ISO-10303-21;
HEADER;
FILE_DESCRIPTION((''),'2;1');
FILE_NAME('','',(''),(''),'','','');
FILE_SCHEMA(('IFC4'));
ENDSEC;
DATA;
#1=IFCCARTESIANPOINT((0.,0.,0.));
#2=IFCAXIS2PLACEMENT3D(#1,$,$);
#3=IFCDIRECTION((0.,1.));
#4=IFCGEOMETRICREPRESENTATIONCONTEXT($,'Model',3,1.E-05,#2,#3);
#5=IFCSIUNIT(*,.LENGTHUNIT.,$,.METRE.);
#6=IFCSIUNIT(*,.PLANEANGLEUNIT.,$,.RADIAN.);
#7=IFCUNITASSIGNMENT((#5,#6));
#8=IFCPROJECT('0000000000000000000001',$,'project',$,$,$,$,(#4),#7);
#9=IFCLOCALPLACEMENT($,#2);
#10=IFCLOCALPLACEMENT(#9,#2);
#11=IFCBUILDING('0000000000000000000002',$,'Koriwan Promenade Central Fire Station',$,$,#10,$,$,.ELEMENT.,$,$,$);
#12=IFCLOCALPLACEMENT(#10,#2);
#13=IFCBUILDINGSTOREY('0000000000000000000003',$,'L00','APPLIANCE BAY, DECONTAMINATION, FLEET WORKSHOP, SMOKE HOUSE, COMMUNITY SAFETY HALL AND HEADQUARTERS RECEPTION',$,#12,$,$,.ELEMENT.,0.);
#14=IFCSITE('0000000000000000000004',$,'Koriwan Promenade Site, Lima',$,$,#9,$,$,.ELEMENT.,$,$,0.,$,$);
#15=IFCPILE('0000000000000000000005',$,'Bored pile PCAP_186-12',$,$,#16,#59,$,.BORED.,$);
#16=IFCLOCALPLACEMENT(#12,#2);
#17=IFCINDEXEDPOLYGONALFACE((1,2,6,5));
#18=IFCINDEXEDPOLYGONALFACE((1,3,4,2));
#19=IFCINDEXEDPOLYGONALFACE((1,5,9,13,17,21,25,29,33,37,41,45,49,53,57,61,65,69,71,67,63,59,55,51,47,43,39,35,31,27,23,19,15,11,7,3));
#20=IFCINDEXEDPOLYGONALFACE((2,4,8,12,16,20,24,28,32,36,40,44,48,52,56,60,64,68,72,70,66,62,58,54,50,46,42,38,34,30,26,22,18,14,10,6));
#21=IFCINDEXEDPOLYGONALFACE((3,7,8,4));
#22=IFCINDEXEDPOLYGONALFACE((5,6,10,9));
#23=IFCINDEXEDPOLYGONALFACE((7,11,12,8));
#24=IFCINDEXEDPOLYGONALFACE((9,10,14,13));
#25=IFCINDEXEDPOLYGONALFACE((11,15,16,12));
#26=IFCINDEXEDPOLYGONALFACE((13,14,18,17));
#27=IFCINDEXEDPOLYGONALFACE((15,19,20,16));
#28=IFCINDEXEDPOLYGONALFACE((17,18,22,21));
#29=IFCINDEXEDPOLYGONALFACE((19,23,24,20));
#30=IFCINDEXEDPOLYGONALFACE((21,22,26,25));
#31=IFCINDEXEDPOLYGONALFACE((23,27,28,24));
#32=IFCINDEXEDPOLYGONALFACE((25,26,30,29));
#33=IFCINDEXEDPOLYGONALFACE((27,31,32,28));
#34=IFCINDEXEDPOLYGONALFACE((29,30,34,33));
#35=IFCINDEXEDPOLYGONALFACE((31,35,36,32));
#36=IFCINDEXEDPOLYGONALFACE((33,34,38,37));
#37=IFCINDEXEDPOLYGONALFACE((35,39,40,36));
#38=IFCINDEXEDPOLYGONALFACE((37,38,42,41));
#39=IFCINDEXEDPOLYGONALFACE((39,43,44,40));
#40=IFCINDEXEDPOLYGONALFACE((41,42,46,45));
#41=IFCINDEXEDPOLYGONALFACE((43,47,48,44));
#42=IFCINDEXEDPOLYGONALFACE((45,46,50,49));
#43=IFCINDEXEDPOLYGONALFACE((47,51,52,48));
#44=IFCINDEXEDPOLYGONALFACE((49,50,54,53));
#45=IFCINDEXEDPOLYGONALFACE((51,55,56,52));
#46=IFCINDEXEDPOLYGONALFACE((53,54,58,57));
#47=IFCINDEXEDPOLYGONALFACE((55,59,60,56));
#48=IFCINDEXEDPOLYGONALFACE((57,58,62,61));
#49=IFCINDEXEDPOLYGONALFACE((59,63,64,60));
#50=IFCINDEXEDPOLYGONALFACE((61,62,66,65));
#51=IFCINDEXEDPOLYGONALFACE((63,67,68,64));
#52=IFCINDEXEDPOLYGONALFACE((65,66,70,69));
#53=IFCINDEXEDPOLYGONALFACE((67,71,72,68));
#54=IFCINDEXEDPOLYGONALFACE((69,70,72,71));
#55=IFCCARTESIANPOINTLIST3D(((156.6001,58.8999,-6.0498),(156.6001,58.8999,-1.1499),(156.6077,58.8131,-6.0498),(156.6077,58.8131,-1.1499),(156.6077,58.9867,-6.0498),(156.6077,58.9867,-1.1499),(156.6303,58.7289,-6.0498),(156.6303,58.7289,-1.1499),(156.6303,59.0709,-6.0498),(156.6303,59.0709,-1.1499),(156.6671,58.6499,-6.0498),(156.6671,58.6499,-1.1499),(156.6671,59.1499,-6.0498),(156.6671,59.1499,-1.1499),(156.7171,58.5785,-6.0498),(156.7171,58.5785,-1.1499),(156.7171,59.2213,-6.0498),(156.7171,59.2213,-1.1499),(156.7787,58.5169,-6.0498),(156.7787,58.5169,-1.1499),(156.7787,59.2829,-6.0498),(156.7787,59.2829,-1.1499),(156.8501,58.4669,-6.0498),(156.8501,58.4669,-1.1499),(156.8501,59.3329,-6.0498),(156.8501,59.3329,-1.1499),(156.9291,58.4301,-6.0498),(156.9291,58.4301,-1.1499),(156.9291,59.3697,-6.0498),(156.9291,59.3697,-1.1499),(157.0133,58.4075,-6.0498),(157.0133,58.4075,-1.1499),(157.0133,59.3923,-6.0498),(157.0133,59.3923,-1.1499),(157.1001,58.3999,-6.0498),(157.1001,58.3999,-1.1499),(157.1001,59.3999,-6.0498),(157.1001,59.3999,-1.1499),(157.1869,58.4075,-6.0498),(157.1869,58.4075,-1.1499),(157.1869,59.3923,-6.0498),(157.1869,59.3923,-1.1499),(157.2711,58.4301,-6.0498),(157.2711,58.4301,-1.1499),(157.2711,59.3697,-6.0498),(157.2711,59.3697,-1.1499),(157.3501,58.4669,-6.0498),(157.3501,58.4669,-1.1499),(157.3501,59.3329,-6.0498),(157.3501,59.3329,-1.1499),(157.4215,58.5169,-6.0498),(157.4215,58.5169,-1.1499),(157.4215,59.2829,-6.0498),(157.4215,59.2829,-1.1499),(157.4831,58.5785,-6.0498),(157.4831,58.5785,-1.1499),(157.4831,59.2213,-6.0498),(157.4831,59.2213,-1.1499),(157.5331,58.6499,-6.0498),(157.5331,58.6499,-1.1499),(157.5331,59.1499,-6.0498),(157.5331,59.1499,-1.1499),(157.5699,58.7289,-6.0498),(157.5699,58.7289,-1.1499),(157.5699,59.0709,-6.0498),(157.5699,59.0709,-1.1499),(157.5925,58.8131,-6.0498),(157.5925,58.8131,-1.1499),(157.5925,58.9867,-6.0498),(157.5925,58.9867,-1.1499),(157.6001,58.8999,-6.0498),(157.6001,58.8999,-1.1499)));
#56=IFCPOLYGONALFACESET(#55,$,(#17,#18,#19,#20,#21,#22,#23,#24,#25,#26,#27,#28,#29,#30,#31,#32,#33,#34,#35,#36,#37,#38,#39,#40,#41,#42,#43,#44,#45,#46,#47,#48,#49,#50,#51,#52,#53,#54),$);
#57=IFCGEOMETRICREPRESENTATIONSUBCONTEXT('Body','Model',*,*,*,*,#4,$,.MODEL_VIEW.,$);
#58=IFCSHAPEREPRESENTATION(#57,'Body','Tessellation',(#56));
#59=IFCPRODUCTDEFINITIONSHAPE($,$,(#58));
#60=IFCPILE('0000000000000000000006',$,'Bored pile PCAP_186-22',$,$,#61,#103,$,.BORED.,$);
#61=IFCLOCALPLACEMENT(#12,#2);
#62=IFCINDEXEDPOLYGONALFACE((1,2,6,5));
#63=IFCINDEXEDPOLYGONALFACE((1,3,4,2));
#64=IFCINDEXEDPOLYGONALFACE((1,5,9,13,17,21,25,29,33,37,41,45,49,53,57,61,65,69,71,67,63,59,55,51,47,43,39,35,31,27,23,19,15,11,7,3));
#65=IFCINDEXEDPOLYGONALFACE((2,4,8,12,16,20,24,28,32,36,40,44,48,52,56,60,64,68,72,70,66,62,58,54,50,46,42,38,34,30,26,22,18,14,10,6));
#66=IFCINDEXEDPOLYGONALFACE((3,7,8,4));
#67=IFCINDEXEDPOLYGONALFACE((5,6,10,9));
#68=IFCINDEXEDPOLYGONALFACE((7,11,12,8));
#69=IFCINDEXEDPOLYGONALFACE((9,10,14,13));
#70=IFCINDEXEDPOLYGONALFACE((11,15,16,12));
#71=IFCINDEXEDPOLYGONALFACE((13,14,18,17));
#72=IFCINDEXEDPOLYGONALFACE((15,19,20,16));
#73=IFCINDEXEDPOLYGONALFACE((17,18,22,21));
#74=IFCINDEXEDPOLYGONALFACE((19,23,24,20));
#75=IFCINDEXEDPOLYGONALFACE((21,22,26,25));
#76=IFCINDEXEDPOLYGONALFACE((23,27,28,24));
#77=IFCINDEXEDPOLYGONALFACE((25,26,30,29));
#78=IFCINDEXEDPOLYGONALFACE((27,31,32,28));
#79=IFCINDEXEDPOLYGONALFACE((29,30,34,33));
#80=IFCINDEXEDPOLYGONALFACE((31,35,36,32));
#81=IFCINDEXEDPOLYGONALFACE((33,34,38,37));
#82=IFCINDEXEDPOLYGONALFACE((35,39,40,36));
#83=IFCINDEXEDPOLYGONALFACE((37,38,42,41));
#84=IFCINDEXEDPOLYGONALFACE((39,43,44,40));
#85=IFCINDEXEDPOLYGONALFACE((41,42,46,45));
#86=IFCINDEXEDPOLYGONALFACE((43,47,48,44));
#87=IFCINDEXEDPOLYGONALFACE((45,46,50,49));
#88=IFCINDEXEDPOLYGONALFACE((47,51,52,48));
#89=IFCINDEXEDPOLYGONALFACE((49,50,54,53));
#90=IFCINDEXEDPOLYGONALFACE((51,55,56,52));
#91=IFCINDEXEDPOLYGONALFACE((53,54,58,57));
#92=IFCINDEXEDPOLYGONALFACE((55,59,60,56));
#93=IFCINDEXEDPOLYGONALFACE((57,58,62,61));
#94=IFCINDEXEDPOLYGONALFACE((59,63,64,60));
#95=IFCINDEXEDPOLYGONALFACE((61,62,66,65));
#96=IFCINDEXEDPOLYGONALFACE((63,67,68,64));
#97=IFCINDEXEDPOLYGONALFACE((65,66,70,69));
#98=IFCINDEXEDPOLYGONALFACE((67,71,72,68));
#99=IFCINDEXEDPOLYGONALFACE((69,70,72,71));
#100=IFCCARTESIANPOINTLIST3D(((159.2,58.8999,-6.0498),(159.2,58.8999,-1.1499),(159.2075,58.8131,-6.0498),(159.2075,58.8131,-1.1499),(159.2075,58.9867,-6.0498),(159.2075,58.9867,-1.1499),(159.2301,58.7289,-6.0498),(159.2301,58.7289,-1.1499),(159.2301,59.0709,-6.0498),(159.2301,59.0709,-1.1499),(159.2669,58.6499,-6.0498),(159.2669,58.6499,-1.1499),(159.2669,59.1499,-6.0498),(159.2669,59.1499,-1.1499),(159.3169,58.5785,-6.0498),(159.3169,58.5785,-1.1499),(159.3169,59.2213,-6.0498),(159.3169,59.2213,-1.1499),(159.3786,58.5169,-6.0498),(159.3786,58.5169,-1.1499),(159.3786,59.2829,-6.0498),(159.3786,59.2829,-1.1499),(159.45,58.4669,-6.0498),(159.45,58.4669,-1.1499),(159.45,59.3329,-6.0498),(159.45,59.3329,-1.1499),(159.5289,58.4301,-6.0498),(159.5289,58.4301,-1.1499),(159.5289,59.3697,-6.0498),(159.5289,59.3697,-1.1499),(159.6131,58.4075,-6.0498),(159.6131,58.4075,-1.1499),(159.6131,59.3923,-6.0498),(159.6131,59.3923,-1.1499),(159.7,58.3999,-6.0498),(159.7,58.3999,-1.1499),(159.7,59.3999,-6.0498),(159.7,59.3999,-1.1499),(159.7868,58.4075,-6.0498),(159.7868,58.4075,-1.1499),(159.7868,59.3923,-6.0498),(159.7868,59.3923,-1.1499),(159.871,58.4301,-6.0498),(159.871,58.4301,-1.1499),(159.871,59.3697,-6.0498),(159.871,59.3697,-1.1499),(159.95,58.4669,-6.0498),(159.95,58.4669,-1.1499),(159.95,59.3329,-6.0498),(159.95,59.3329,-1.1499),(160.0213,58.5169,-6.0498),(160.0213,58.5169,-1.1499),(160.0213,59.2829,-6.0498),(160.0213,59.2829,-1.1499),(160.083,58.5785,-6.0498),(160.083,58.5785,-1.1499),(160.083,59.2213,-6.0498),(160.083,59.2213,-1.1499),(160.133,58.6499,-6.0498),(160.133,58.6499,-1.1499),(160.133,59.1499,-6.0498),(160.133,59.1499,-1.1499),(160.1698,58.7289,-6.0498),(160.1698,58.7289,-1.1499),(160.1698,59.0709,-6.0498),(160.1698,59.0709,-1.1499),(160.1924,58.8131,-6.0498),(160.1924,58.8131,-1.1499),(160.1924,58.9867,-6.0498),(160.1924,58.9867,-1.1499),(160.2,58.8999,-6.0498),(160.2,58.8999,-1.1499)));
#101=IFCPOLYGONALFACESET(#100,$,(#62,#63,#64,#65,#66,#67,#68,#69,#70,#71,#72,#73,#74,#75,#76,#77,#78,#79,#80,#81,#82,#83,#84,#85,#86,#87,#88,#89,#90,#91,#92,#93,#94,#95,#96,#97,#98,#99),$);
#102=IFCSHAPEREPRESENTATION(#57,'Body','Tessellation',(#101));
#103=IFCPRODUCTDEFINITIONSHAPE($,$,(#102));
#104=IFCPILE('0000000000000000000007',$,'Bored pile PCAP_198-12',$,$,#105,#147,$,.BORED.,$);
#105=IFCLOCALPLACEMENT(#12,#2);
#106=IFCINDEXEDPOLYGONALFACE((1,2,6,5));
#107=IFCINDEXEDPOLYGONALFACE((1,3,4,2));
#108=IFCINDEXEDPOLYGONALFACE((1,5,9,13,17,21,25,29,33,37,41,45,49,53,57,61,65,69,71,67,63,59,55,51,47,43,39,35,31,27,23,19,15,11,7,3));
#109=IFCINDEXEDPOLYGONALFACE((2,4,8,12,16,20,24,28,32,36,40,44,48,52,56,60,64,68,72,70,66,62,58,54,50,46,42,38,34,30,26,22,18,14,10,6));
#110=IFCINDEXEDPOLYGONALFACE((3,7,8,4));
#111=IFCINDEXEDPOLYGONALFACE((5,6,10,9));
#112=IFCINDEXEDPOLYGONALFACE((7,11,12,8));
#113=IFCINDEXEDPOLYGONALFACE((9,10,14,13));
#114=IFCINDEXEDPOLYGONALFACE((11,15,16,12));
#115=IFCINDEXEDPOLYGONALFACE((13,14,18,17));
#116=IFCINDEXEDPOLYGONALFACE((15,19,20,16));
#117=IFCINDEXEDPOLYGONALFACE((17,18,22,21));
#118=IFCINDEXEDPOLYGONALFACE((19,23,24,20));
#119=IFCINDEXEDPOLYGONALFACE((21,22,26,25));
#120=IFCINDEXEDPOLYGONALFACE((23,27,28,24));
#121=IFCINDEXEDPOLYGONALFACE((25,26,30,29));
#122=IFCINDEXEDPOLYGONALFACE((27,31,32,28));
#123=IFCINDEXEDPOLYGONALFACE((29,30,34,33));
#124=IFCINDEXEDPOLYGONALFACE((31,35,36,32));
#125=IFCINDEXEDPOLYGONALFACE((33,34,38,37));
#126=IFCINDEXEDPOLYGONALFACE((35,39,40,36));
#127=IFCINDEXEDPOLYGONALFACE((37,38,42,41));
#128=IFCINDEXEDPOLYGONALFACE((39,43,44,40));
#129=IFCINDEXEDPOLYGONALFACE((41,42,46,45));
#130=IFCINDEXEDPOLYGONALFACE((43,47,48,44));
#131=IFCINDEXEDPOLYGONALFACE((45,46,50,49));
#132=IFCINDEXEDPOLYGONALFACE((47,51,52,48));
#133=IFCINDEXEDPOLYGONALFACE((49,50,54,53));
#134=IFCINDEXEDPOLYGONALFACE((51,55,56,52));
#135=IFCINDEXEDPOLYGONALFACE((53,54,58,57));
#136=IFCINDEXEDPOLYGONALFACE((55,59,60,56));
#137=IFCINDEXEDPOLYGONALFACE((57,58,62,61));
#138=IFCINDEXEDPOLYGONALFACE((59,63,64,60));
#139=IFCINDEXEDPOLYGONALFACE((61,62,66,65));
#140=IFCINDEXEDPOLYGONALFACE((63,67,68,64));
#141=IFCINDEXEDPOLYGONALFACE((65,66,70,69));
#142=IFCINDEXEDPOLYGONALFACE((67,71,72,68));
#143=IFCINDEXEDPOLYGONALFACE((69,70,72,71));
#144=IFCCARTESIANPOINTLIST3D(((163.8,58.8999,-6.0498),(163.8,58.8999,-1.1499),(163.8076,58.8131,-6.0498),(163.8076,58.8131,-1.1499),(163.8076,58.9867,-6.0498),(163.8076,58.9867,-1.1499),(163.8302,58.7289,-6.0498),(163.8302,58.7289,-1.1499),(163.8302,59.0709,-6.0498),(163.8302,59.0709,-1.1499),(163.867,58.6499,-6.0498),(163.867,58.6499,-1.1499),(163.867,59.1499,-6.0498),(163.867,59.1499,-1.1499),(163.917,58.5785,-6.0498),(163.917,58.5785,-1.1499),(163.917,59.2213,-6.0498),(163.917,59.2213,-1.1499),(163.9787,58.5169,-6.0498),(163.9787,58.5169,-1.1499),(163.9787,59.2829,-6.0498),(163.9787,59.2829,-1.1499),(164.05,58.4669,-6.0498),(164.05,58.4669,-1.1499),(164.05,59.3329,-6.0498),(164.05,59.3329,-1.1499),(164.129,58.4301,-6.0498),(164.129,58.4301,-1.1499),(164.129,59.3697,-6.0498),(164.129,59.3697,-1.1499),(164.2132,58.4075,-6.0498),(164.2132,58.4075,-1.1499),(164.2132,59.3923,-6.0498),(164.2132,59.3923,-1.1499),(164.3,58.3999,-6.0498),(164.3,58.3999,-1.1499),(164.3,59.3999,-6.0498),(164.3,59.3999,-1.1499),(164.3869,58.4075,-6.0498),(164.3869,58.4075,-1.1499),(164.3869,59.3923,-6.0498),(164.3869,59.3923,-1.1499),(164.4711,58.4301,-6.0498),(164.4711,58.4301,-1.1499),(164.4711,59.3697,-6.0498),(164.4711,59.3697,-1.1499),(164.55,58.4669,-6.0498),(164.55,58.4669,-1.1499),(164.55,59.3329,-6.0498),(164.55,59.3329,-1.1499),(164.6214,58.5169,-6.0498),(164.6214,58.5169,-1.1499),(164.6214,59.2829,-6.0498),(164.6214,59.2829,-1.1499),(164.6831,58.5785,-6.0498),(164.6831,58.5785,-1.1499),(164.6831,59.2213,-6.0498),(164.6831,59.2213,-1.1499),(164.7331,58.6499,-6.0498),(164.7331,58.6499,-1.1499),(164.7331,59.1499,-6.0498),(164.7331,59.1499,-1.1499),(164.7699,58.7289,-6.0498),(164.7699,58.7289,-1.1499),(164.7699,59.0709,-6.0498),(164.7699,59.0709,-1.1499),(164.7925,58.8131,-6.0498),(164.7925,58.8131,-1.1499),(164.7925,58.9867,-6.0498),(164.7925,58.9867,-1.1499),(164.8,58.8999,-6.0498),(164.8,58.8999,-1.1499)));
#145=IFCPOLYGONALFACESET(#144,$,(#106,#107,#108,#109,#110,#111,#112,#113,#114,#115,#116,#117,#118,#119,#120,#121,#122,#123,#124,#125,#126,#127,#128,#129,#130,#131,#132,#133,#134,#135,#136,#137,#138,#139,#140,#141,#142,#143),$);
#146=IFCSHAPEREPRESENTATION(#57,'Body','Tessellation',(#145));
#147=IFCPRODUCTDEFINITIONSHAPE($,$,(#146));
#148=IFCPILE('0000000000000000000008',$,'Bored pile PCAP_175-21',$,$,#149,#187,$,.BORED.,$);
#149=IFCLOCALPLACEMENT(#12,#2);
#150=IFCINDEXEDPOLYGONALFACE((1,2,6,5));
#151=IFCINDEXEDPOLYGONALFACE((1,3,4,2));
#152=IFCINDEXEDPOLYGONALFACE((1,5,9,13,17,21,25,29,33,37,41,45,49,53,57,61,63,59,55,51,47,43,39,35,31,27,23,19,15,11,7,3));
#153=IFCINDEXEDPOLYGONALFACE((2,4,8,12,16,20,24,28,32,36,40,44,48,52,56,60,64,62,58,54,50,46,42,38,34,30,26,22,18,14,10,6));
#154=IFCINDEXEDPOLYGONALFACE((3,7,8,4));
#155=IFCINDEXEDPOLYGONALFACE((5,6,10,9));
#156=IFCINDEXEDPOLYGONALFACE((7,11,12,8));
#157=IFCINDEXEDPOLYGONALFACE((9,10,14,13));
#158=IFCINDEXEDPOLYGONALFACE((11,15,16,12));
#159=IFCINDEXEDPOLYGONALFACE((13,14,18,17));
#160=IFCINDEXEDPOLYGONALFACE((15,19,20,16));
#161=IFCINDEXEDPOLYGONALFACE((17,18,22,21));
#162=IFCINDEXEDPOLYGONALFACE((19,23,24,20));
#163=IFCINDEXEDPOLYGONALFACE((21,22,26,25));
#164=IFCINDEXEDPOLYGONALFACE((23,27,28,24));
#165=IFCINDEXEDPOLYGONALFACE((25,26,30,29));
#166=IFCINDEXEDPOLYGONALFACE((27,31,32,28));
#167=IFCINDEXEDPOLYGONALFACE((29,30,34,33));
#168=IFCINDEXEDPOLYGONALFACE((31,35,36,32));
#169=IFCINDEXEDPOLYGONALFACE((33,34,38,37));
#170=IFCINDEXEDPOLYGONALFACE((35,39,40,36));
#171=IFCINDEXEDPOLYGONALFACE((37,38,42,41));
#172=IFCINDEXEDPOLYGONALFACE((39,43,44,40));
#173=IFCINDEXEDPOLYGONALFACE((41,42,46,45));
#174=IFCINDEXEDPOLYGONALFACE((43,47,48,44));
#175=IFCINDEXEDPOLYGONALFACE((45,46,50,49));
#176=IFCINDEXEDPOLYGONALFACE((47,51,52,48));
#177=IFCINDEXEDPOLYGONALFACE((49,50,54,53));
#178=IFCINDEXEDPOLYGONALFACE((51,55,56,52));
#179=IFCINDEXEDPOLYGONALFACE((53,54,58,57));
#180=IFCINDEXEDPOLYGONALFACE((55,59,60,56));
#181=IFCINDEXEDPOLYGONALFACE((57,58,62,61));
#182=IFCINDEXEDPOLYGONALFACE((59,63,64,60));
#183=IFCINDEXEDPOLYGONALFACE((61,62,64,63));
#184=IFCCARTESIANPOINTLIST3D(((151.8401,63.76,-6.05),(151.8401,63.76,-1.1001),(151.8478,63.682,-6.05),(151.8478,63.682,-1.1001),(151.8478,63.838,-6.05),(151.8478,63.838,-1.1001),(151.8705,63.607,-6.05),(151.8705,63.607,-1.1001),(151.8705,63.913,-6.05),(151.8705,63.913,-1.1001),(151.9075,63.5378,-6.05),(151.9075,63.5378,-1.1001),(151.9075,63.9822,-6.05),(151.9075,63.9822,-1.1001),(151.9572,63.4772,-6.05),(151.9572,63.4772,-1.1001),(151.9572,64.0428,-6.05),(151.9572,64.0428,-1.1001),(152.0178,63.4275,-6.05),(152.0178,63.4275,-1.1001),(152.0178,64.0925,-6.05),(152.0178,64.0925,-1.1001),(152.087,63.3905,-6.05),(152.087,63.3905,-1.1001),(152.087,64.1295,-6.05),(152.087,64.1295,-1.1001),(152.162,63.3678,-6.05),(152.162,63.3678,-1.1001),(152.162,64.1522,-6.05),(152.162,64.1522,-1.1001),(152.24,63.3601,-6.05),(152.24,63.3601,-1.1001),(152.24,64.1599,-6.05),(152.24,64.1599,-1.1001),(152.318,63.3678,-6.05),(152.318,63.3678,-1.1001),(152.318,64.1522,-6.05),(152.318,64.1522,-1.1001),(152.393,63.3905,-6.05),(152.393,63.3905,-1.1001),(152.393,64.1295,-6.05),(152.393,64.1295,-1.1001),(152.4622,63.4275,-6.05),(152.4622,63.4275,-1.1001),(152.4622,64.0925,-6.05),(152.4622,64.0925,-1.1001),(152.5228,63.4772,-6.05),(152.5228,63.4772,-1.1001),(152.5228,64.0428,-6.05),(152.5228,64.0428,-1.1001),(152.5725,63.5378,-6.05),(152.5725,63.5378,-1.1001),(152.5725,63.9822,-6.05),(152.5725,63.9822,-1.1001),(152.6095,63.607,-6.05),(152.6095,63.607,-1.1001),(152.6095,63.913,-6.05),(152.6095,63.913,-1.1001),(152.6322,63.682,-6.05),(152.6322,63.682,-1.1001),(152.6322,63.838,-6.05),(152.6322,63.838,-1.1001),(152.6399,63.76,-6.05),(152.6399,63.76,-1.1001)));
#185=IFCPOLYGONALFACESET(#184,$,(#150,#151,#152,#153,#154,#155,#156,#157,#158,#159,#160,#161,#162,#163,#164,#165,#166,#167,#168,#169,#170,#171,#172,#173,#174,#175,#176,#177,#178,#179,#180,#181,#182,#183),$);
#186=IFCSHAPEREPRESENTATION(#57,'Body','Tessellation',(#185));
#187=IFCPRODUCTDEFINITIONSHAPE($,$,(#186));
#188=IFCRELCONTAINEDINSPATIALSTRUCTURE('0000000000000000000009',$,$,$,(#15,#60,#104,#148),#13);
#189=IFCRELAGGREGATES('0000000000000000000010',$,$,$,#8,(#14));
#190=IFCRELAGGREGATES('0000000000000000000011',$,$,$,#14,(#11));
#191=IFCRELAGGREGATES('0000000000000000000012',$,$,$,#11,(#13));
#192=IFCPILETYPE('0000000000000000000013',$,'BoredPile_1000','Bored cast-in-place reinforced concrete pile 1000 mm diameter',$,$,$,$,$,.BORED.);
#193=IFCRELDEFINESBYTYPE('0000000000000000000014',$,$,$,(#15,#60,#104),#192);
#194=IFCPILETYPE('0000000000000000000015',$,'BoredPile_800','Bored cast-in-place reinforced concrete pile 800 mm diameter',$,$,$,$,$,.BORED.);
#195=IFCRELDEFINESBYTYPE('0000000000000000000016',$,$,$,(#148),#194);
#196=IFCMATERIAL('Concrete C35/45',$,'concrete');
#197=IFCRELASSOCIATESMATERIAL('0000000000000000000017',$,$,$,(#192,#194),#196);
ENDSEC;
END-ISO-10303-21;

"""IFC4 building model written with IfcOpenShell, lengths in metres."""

from ifc_helpers import new_model, si_unit, direction, frame, origin, origin_2d, place, context, subcontext, project, spatial, circle, extrude, material, material_profile, profile_set, type_object, element, save


model = new_model("IFC4")

# Units and contexts
model_context = context("Model", 3, precision=1e-05, world=origin(), true_north=direction((0.0, 1.0)))
body_context = subcontext(model_context, "Body", "Model", "MODEL_VIEW")
ifc_project = project(units=[si_unit("LENGTHUNIT", "METRE"), si_unit("PLANEANGLEUNIT", "RADIAN")], contexts=[model_context])

# Site, building, storey
site_placement = place(None, origin())
site = spatial("IfcSite", under=ifc_project, at=site_placement, Name="Koriwan Promenade Site, Lima", CompositionType="ELEMENT", RefElevation=0.0)
building_placement = place(site_placement, origin())
building = spatial("IfcBuilding", under=site, at=building_placement, Name="Koriwan Promenade Central Fire Station", CompositionType="ELEMENT")
storey_placement = place(building_placement, origin())
storey = spatial("IfcBuildingStorey", under=building, at=storey_placement, Name="L00", Description="APPLIANCE BAY, DECONTAMINATION, FLEET WORKSHOP, SMOKE HOUSE, COMMUNITY SAFETY HALL AND HEADQUARTERS RECEPTION", CompositionType="ELEMENT", Elevation=0.0)

# Piles
ifc_material_1 = material(Name="Concrete C35/45", Category="concrete")
ifc_material_profile_1 = material_profile(ifc_material_1, circle(Radius=0.5, at=origin_2d()), Name="PILE-D1000")
ifc_profile_set_1 = profile_set([ifc_material_profile_1], Name="Concrete C35/45")
pile_type_1 = type_object("IfcPileType", Name="BoredPile_1000", Description="Bored cast-in-place reinforced concrete pile 1000 mm diameter", PredefinedType="BORED", material=ifc_profile_set_1)
for number, where, z_axis, x_axis, name in (
    (1, (157.1001, 58.8999, -1.1499), (0.0, 0.0, -1.0), (1.0, 0.0, 0.0), "Bored pile PCAP_186-12"),
    (2, (159.7, 58.8999, -1.1499), (0.0, 0.0, -1.0), (1.0, 0.0, 0.0), "Bored pile PCAP_186-22"),
    (3, (164.3, 58.8999, -1.1499), (0.0, 0.0, -1.0), (1.0, 0.0, 0.0), "Bored pile PCAP_198-12"),
):
    element("IfcPile", number, at=place(storey_placement, frame(where, z_axis=z_axis, x_axis=x_axis)), inside=storey, type_object=pile_type_1, Name=name, PredefinedType="BORED", context=body_context, shape_type="SweptSolid", body=[
        extrude(circle(Radius=0.5, at=origin_2d()), origin(), (0.0, 0.0, 1.0), 4.8999),
    ])
ifc_material_profile_2 = material_profile(ifc_material_1, circle(Radius=0.3999, at=origin_2d()), Name="PILE-D800")
ifc_profile_set_2 = profile_set([ifc_material_profile_2], Name="Concrete C35/45")
pile_type_2 = type_object("IfcPileType", Name="BoredPile_800", Description="Bored cast-in-place reinforced concrete pile 800 mm diameter", PredefinedType="BORED", material=ifc_profile_set_2)
for number, where, z_axis, x_axis, name in (
    (4, (152.24, 63.76, -1.1001), (0.0, 0.0, -1.0), (1.0, 0.0, 0.0), "Bored pile PCAP_175-21"),
):
    element("IfcPile", number, at=place(storey_placement, frame(where, z_axis=z_axis, x_axis=x_axis)), inside=storey, type_object=pile_type_2, Name=name, PredefinedType="BORED", context=body_context, shape_type="SweptSolid", body=[
        extrude(circle(Radius=0.3999, at=origin_2d()), origin(), (0.0, 0.0, 1.0), 4.95),
    ])

save(model, "model.ifc")
